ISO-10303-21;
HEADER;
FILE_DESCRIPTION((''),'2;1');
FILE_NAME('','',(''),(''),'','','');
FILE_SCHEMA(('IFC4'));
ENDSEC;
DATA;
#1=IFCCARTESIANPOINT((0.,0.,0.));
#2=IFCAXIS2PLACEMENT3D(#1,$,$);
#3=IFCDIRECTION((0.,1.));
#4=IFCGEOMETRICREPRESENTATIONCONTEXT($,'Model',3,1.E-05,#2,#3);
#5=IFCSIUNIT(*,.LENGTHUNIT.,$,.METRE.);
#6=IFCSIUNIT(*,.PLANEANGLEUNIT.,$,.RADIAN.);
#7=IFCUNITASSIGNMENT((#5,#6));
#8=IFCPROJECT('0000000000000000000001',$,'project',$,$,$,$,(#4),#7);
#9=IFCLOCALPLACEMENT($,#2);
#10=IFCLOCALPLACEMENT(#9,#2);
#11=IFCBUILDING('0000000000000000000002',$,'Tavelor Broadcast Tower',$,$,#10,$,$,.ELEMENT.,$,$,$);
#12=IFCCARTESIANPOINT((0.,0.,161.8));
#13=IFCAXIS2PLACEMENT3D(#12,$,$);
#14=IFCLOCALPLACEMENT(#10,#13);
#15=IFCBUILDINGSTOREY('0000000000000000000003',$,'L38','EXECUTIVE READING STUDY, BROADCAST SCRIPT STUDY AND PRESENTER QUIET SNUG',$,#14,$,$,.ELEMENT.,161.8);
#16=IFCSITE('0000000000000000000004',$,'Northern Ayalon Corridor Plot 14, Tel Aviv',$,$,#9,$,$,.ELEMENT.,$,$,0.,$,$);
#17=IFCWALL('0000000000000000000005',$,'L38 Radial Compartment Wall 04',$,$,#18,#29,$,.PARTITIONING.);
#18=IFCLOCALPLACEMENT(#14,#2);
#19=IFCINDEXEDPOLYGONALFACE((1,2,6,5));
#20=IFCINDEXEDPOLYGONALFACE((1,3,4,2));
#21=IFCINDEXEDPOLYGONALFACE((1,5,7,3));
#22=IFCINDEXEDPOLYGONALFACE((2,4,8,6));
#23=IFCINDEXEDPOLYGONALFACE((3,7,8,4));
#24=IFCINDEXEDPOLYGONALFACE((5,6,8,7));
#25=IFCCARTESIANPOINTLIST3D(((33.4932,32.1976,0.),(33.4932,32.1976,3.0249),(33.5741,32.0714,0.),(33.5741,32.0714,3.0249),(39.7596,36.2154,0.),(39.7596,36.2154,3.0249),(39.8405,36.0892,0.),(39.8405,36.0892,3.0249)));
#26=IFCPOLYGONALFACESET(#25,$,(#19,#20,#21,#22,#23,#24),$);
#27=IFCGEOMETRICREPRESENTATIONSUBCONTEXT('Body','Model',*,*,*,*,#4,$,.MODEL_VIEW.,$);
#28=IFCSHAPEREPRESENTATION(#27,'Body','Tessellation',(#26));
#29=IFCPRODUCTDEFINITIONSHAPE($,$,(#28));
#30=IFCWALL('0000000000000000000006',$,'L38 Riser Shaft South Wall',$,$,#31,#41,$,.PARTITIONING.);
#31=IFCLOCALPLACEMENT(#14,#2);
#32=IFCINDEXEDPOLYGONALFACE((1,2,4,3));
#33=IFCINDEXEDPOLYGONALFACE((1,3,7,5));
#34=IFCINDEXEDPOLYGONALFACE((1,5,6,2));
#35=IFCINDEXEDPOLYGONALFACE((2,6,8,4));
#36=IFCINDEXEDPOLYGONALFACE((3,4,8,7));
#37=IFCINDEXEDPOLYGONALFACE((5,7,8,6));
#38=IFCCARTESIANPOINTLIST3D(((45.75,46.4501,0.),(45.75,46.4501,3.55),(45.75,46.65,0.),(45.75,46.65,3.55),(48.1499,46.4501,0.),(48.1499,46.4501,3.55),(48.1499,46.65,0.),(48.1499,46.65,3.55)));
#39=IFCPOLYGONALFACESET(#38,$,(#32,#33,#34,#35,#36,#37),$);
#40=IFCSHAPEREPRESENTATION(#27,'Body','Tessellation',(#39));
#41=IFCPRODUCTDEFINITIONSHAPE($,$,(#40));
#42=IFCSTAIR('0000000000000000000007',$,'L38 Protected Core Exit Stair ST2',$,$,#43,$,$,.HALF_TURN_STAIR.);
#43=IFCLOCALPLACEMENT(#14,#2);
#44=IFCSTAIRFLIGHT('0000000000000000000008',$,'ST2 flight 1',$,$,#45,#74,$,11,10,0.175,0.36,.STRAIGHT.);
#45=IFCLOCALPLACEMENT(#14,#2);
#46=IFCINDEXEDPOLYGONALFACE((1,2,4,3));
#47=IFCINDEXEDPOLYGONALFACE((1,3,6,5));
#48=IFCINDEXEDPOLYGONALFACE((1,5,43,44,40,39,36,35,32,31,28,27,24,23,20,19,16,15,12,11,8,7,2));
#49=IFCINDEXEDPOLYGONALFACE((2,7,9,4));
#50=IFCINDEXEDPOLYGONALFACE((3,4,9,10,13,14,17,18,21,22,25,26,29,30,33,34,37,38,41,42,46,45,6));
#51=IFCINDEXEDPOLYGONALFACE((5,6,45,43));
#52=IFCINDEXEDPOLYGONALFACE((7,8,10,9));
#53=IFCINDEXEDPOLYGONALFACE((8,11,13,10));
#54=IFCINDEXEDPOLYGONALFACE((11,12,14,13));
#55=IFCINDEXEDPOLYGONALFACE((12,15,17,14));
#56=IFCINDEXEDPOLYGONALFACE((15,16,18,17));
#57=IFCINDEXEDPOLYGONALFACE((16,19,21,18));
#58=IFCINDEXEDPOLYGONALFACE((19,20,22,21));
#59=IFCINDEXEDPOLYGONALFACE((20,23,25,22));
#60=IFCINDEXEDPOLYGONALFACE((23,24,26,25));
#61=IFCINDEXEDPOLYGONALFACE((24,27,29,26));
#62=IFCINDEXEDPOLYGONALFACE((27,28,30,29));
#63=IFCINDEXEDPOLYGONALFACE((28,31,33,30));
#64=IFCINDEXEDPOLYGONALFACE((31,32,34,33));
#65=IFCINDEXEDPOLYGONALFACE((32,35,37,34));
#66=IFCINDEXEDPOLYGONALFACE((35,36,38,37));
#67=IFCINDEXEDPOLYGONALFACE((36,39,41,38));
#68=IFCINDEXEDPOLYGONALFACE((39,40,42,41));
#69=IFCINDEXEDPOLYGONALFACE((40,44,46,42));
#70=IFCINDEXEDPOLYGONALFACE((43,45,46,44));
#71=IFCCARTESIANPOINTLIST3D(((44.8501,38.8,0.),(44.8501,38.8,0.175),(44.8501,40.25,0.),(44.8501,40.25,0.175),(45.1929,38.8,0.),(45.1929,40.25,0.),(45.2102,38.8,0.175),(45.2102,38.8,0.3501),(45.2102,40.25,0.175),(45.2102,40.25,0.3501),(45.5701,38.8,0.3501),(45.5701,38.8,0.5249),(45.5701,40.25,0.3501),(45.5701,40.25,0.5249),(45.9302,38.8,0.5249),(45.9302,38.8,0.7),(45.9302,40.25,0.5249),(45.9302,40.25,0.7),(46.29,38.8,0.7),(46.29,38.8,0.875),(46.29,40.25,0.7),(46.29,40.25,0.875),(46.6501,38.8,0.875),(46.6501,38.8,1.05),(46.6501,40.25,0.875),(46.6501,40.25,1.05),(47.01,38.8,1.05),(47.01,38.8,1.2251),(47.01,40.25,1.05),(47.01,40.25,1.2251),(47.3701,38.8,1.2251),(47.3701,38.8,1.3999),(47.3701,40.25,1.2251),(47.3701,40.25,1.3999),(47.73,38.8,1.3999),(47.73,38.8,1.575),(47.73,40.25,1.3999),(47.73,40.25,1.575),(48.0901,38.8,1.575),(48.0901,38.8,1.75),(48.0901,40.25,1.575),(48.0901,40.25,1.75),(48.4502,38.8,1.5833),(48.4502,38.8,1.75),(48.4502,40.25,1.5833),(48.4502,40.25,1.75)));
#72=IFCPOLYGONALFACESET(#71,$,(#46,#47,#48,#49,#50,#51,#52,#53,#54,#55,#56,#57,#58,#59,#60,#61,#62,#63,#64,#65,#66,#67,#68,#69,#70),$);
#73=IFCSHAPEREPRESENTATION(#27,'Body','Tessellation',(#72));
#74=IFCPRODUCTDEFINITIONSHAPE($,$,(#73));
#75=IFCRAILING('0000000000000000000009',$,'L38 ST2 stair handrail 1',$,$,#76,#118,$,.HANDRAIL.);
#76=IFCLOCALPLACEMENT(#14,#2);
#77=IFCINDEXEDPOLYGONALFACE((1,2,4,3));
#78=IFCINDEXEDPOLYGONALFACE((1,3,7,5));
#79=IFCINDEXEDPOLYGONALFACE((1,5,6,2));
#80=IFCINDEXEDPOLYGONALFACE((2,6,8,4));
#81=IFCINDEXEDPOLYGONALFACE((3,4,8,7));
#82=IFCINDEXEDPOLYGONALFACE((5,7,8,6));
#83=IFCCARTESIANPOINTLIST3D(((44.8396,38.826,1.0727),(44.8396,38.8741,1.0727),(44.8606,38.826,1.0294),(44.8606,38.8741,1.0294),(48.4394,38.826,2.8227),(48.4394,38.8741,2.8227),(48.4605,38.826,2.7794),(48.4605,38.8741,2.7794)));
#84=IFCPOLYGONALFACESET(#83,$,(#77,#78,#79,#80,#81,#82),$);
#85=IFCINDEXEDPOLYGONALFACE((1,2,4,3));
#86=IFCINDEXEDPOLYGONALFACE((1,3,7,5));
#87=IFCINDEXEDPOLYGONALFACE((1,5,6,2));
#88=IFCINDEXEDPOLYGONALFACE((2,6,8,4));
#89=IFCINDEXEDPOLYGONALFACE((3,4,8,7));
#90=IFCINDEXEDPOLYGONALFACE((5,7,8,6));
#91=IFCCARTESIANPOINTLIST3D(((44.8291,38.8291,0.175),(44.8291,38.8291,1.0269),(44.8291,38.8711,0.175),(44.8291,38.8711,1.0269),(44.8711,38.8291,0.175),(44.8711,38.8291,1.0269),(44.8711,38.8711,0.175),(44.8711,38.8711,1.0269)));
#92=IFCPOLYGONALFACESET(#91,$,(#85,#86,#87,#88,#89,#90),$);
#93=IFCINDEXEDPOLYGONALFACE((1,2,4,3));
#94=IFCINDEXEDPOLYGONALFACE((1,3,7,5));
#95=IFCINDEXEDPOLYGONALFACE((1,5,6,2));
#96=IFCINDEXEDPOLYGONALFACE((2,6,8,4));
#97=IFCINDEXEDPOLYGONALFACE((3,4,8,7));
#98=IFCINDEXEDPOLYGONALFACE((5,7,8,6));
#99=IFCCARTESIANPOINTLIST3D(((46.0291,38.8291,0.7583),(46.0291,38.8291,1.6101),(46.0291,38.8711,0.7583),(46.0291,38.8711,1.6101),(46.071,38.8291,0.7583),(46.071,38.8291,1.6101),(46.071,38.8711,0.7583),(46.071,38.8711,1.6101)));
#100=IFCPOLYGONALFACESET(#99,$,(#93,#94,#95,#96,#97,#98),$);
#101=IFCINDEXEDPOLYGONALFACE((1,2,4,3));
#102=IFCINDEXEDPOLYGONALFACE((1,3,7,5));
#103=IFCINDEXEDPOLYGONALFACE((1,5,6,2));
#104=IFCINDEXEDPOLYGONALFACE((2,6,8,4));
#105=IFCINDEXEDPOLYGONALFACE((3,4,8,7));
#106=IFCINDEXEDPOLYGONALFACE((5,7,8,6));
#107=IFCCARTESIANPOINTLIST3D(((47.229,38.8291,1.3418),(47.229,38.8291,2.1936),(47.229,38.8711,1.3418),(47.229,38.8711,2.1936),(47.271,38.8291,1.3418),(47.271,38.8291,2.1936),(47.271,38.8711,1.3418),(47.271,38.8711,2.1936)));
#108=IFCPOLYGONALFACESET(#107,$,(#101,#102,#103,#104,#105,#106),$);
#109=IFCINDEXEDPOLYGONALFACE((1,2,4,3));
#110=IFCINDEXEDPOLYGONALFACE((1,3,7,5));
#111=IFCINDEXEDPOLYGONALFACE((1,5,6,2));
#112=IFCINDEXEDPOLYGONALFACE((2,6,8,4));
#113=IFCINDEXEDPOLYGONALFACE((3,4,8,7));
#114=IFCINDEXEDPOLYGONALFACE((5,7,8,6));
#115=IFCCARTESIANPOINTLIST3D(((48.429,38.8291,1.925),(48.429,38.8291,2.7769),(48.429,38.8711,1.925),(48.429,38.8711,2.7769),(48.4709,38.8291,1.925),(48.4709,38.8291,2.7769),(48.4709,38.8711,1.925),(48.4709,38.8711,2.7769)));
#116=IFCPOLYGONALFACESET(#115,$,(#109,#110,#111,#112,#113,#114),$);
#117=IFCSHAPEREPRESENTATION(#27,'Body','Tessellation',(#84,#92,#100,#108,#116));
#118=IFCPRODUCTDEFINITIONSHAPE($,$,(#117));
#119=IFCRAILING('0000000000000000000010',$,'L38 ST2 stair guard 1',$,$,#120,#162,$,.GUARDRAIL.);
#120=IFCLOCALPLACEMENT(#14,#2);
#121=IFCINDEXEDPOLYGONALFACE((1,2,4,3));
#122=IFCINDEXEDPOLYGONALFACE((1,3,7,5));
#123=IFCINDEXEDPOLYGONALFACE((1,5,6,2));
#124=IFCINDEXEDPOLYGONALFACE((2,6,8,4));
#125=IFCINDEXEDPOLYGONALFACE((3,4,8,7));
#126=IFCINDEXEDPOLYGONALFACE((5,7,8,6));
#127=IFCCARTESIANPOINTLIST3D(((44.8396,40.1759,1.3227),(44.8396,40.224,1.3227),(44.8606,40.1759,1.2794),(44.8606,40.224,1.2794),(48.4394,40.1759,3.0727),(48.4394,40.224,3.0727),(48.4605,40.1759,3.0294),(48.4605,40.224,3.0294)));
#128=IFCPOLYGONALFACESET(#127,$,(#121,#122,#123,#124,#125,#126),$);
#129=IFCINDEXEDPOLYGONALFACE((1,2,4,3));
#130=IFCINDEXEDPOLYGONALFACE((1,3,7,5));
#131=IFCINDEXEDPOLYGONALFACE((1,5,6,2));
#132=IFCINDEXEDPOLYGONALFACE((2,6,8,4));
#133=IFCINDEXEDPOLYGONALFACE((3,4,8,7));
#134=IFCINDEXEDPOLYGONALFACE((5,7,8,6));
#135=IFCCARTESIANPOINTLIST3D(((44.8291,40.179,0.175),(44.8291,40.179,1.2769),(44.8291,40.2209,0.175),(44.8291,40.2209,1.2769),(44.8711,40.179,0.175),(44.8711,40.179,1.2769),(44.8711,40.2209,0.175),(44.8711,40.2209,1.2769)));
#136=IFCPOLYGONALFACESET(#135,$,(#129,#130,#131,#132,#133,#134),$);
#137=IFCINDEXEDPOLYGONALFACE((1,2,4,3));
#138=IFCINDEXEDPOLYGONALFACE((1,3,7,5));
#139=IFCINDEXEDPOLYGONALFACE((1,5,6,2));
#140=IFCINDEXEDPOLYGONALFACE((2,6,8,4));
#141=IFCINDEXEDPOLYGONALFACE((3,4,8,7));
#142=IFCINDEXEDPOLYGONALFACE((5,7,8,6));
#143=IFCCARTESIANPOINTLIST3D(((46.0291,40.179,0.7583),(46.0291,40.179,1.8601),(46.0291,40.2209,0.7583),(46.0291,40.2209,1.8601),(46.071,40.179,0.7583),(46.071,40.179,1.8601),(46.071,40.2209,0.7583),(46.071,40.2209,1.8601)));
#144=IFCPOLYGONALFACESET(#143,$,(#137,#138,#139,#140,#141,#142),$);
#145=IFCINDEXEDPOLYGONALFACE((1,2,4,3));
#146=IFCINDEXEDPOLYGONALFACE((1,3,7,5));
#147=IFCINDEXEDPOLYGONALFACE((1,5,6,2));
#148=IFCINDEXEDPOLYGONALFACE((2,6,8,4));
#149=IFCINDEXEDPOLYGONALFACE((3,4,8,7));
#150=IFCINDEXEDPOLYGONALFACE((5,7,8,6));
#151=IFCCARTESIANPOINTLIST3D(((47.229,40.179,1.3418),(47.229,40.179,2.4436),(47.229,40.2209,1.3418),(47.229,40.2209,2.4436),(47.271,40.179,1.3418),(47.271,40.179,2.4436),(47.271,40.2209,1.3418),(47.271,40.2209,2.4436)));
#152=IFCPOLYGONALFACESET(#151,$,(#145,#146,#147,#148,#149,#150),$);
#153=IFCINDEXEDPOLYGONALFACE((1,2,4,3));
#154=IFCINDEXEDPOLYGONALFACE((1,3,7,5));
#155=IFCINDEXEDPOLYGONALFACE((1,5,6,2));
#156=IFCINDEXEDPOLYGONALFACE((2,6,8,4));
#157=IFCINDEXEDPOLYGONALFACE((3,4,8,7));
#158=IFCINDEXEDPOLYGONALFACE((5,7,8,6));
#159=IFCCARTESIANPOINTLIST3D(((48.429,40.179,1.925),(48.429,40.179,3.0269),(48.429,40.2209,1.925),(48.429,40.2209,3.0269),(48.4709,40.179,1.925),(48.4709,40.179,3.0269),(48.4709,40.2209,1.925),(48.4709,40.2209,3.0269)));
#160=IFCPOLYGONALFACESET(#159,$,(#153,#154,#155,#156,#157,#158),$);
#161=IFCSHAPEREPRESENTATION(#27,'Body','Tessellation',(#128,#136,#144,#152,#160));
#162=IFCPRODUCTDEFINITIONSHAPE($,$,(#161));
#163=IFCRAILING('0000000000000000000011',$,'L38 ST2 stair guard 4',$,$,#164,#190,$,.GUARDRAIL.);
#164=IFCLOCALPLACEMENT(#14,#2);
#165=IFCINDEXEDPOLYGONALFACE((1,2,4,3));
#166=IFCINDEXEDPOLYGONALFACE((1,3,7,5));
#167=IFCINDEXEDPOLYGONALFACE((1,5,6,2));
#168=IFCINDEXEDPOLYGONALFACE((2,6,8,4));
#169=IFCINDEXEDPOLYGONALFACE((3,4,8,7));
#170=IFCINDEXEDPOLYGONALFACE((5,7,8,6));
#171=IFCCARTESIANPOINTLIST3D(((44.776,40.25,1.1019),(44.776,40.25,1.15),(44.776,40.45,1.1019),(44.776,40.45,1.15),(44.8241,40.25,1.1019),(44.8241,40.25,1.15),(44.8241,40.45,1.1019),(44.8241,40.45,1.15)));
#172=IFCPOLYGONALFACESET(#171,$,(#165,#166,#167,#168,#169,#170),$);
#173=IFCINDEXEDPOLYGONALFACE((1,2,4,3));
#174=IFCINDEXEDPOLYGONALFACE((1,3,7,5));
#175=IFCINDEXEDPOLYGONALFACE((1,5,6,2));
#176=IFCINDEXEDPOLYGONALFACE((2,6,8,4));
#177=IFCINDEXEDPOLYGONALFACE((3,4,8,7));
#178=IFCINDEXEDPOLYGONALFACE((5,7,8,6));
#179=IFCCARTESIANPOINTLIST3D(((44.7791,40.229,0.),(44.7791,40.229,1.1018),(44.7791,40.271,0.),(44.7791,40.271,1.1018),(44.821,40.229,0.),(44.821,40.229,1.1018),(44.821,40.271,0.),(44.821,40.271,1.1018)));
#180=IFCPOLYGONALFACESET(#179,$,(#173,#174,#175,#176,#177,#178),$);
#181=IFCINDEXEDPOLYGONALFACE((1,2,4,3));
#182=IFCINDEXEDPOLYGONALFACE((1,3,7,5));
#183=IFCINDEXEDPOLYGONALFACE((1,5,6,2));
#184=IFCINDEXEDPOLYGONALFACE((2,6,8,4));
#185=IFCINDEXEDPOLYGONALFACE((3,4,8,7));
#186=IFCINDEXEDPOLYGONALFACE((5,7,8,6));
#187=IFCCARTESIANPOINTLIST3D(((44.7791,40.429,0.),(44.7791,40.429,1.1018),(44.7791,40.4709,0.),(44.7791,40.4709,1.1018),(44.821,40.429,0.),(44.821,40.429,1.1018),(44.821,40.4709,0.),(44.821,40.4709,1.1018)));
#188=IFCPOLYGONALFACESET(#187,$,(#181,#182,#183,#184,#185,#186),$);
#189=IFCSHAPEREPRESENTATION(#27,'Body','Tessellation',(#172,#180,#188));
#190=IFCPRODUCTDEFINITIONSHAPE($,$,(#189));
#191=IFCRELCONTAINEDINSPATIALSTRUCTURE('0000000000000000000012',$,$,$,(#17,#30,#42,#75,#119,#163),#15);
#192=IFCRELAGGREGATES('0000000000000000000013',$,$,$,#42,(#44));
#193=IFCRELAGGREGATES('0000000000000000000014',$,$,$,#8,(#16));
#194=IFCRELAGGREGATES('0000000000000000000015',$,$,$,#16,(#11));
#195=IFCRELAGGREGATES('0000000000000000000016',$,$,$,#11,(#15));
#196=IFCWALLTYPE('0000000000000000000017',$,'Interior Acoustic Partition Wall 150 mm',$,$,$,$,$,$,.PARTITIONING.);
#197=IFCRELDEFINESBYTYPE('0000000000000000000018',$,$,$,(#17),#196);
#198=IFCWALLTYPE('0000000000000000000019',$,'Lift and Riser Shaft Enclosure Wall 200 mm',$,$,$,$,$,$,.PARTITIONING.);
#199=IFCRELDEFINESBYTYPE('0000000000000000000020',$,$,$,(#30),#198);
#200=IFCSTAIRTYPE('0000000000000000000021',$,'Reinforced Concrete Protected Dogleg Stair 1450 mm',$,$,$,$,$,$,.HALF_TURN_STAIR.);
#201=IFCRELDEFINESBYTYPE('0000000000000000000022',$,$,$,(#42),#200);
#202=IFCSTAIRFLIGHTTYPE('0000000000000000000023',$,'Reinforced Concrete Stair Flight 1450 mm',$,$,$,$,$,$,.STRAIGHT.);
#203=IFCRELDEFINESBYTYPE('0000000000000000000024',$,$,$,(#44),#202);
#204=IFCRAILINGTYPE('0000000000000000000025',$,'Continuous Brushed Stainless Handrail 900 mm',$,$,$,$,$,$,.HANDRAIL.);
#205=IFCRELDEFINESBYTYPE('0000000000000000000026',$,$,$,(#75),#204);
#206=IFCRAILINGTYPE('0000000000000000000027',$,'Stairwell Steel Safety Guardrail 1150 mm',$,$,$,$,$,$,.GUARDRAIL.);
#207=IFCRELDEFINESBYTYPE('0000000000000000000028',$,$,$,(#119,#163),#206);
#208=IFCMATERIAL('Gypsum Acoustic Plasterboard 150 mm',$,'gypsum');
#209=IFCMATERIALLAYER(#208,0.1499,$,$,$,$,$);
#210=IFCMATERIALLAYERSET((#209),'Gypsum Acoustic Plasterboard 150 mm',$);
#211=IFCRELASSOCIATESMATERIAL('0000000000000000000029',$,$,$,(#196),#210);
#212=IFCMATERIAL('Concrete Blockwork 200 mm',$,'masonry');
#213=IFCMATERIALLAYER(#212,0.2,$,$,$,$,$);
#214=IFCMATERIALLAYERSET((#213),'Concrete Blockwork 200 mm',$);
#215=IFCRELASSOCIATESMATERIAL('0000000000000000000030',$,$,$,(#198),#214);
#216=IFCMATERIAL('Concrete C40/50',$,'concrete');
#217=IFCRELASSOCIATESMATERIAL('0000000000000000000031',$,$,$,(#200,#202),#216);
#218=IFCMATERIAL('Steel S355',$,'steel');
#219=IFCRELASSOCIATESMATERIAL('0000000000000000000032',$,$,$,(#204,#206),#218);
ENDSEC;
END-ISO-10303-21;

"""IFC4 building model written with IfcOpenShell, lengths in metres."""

from ifc_helpers import new_model, si_unit, direction, frame, frame_2d, origin, origin_2d, place, context, subcontext, project, spatial, polyline, rectangle, outline, extrude, material, layer, layer_set, type_object, element, aggregate, save


model = new_model("IFC4")

# Units and contexts
model_context = context("Model", 3, precision=1e-05, world=origin(), true_north=direction((0.0, 1.0)))
body_context = subcontext(model_context, "Body", "Model", "MODEL_VIEW")
ifc_project = project(units=[si_unit("LENGTHUNIT", "METRE"), si_unit("PLANEANGLEUNIT", "RADIAN")], contexts=[model_context])

# Site, building, storey
site_placement = place(None, origin())
site = spatial("IfcSite", under=ifc_project, at=site_placement, Name="Northern Ayalon Corridor Plot 14, Tel Aviv", CompositionType="ELEMENT", RefElevation=0.0)
building_placement = place(site_placement, origin())
building = spatial("IfcBuilding", under=site, at=building_placement, Name="Tavelor Broadcast Tower", CompositionType="ELEMENT")
storey_placement = place(building_placement, frame((0.0, 0.0, 161.8)))
storey = spatial("IfcBuildingStorey", under=building, at=storey_placement, Name="L38", Description="EXECUTIVE READING STUDY, BROADCAST SCRIPT STUDY AND PRESENTER QUIET SNUG", CompositionType="ELEMENT", Elevation=161.8)

# Shared definitions
ifc_material_1 = material(Name="Concrete C40/50", Category="concrete")
ifc_material_2 = material(Name="Steel S355", Category="steel")

# Shared definitions
ifc_material_3 = material(Name="Gypsum Acoustic Plasterboard 150 mm", Category="gypsum")
ifc_layer_1 = layer(ifc_material_3, 0.1499)
ifc_layer_set_1 = layer_set([ifc_layer_1], Name="Gypsum Acoustic Plasterboard 150 mm")
wall_type_1 = type_object("IfcWallType", Name="Interior Acoustic Partition Wall 150 mm", PredefinedType="PARTITIONING", material=ifc_layer_set_1)

# Walls
wall_1_placement = place(storey_placement, frame((39.8, 36.1523, 0.0), z_axis=(0.0, 0.0, 1.0), x_axis=(-0.841823, -0.539754, 0.0)))
element("IfcWall", 1, at=wall_1_placement, inside=storey, type_object=wall_type_1, Name="L38 Radial Compartment Wall 04", PredefinedType="PARTITIONING", context=body_context, shape_type="SweptSolid", body=[
    extrude(rectangle(XDim=7.4438, YDim=0.1499, at=frame_2d((3.7219, 0.0))), origin(), (0.0, 0.0, 1.0), 3.0249),
])
ifc_material_4 = material(Name="Concrete Blockwork 200 mm", Category="masonry")
ifc_layer_2 = layer(ifc_material_4, 0.2)
ifc_layer_set_2 = layer_set([ifc_layer_2], Name="Concrete Blockwork 200 mm")
wall_type_2 = type_object("IfcWallType", Name="Lift and Riser Shaft Enclosure Wall 200 mm", PredefinedType="PARTITIONING", material=ifc_layer_set_2)
wall_2_placement = place(storey_placement, frame((45.75, 46.55, 0.0), z_axis=(0.0, 0.0, 1.0), x_axis=(1.0, 0.0, 0.0)))
element("IfcWall", 2, at=wall_2_placement, inside=storey, type_object=wall_type_2, Name="L38 Riser Shaft South Wall", PredefinedType="PARTITIONING", context=body_context, shape_type="SweptSolid", body=[
    extrude(rectangle(XDim=2.3999, YDim=0.2, at=frame_2d((1.2, 0.0))), origin(), (0.0, 0.0, 1.0), 3.55),
])

# Stair, stair flight
stair_type = type_object("IfcStairType", Name="Reinforced Concrete Protected Dogleg Stair 1450 mm", PredefinedType="HALF_TURN_STAIR", material=ifc_material_1)
stair_placement = place(storey_placement, origin())
stair = element("IfcStair", 3, at=stair_placement, inside=storey, type_object=stair_type, Name="L38 Protected Core Exit Stair ST2", PredefinedType="HALF_TURN_STAIR")
stair_flight_type = type_object("IfcStairFlightType", Name="Reinforced Concrete Stair Flight 1450 mm", PredefinedType="STRAIGHT", material=ifc_material_1)
stair_flight_placement = place(storey_placement, frame((44.8501, 39.5249, 0.0), z_axis=(0.0, 0.0, 1.0), x_axis=(1.0, 0.0, 0.0)))
stair_flight = element("IfcStairFlight", 4, at=stair_flight_placement, type_object=stair_flight_type, Name="ST2 flight 1", NumberOfRisers=11, NumberOfTreads=10, PredefinedType="STRAIGHT", RiserHeight=0.175, TreadLength=0.36, context=body_context, shape_type="SweptSolid", body=[
    extrude(outline(polyline([(0.0, 0.0), (0.0, 0.175), (0.3601, 0.175), (0.3601, 0.3501), (0.72, 0.3501), (0.72, 0.5249), (1.0801, 0.5249), (1.0801, 0.7), (1.4399, 0.7), (1.4399, 0.875), (1.8, 0.875), (1.8, 1.05), (2.1599, 1.05), (2.1599, 1.2251), (2.52, 1.2251), (2.52, 1.3999), (2.8799, 1.3999), (2.8799, 1.575), (3.24, 1.575), (3.24, 1.75), (3.6001, 1.75), (3.6001, 1.925), (3.6001, 1.5833), (0.3428, 0.0), (0.0, 0.0)])), frame((0.0, 0.7251, 0.0), z_axis=(0.0, -1.0, 0.0), x_axis=(1.0, 0.0, 0.0)), (0.0, 0.0, 1.0), 1.45),
])
aggregate(stair, [stair_flight])

# Railings
railing_type_1 = type_object("IfcRailingType", Name="Continuous Brushed Stainless Handrail 900 mm", PredefinedType="HANDRAIL", material=ifc_material_2)
railing_1_placement = place(storey_placement, frame((44.8501, 38.8501, 0.175)))
element("IfcRailing", 5, at=railing_1_placement, inside=storey, type_object=railing_type_1, Name="L38 ST2 stair handrail 1", PredefinedType="HANDRAIL", context=body_context, shape_type="SweptSolid", body=[
    extrude(rectangle(XDim=0.0481, YDim=0.0481, at=origin_2d()), frame((0.0, 0.0, 0.876), z_axis=(0.899361, 0.0, 0.437207), x_axis=(0.0, 1.0, 0.0)), (0.0, 0.0, 1.0), 4.0027),
    extrude(rectangle(XDim=0.042, YDim=0.042, at=origin_2d()), origin(), (0.0, 0.0, 1.0), 0.8518),
    extrude(rectangle(XDim=0.042, YDim=0.042, at=origin_2d()), frame((1.2, 0.0, 0.5833)), (0.0, 0.0, 1.0), 0.8518),
    extrude(rectangle(XDim=0.042, YDim=0.042, at=origin_2d()), frame((2.3999, 0.0, 1.1667)), (0.0, 0.0, 1.0), 0.8518),
    extrude(rectangle(XDim=0.042, YDim=0.042, at=origin_2d()), frame((3.5999, 0.0, 1.75)), (0.0, 0.0, 1.0), 0.8518),
])
railing_type_2 = type_object("IfcRailingType", Name="Stairwell Steel Safety Guardrail 1150 mm", PredefinedType="GUARDRAIL", material=ifc_material_2)
railing_2_placement = place(storey_placement, frame((44.8501, 40.2, 0.175)))
element("IfcRailing", 6, at=railing_2_placement, inside=storey, type_object=railing_type_2, Name="L38 ST2 stair guard 1", PredefinedType="GUARDRAIL", context=body_context, shape_type="SweptSolid", body=[
    extrude(rectangle(XDim=0.0481, YDim=0.0481, at=origin_2d()), frame((0.0, 0.0, 1.126), z_axis=(0.899361, 0.0, 0.437207), x_axis=(0.0, 1.0, 0.0)), (0.0, 0.0, 1.0), 4.0027),
    extrude(rectangle(XDim=0.042, YDim=0.042, at=origin_2d()), origin(), (0.0, 0.0, 1.0), 1.1018),
    extrude(rectangle(XDim=0.042, YDim=0.042, at=origin_2d()), frame((1.2, 0.0, 0.5833)), (0.0, 0.0, 1.0), 1.1018),
    extrude(rectangle(XDim=0.042, YDim=0.042, at=origin_2d()), frame((2.3999, 0.0, 1.1667)), (0.0, 0.0, 1.0), 1.1018),
    extrude(rectangle(XDim=0.042, YDim=0.042, at=origin_2d()), frame((3.5999, 0.0, 1.75)), (0.0, 0.0, 1.0), 1.1018),
])
railing_3_placement = place(storey_placement, frame((44.8, 40.25, 0.0)))
element("IfcRailing", 7, at=railing_3_placement, inside=storey, type_object=railing_type_2, Name="L38 ST2 stair guard 4", PredefinedType="GUARDRAIL", context=body_context, shape_type="SweptSolid", body=[
    extrude(rectangle(XDim=0.0481, YDim=0.0481, at=origin_2d()), frame((0.0, 0.0, 1.126), z_axis=(0.0, 1.0, 0.0), x_axis=(-1.0, 0.0, 0.0)), (0.0, 0.0, 1.0), 0.2),
    extrude(rectangle(XDim=0.042, YDim=0.042, at=origin_2d()), origin(), (0.0, 0.0, 1.0), 1.1018),
    extrude(rectangle(XDim=0.042, YDim=0.042, at=origin_2d()), frame((0.0, 0.2, 0.0)), (0.0, 0.0, 1.0), 1.1018),
])

save(model, "model.ifc")
